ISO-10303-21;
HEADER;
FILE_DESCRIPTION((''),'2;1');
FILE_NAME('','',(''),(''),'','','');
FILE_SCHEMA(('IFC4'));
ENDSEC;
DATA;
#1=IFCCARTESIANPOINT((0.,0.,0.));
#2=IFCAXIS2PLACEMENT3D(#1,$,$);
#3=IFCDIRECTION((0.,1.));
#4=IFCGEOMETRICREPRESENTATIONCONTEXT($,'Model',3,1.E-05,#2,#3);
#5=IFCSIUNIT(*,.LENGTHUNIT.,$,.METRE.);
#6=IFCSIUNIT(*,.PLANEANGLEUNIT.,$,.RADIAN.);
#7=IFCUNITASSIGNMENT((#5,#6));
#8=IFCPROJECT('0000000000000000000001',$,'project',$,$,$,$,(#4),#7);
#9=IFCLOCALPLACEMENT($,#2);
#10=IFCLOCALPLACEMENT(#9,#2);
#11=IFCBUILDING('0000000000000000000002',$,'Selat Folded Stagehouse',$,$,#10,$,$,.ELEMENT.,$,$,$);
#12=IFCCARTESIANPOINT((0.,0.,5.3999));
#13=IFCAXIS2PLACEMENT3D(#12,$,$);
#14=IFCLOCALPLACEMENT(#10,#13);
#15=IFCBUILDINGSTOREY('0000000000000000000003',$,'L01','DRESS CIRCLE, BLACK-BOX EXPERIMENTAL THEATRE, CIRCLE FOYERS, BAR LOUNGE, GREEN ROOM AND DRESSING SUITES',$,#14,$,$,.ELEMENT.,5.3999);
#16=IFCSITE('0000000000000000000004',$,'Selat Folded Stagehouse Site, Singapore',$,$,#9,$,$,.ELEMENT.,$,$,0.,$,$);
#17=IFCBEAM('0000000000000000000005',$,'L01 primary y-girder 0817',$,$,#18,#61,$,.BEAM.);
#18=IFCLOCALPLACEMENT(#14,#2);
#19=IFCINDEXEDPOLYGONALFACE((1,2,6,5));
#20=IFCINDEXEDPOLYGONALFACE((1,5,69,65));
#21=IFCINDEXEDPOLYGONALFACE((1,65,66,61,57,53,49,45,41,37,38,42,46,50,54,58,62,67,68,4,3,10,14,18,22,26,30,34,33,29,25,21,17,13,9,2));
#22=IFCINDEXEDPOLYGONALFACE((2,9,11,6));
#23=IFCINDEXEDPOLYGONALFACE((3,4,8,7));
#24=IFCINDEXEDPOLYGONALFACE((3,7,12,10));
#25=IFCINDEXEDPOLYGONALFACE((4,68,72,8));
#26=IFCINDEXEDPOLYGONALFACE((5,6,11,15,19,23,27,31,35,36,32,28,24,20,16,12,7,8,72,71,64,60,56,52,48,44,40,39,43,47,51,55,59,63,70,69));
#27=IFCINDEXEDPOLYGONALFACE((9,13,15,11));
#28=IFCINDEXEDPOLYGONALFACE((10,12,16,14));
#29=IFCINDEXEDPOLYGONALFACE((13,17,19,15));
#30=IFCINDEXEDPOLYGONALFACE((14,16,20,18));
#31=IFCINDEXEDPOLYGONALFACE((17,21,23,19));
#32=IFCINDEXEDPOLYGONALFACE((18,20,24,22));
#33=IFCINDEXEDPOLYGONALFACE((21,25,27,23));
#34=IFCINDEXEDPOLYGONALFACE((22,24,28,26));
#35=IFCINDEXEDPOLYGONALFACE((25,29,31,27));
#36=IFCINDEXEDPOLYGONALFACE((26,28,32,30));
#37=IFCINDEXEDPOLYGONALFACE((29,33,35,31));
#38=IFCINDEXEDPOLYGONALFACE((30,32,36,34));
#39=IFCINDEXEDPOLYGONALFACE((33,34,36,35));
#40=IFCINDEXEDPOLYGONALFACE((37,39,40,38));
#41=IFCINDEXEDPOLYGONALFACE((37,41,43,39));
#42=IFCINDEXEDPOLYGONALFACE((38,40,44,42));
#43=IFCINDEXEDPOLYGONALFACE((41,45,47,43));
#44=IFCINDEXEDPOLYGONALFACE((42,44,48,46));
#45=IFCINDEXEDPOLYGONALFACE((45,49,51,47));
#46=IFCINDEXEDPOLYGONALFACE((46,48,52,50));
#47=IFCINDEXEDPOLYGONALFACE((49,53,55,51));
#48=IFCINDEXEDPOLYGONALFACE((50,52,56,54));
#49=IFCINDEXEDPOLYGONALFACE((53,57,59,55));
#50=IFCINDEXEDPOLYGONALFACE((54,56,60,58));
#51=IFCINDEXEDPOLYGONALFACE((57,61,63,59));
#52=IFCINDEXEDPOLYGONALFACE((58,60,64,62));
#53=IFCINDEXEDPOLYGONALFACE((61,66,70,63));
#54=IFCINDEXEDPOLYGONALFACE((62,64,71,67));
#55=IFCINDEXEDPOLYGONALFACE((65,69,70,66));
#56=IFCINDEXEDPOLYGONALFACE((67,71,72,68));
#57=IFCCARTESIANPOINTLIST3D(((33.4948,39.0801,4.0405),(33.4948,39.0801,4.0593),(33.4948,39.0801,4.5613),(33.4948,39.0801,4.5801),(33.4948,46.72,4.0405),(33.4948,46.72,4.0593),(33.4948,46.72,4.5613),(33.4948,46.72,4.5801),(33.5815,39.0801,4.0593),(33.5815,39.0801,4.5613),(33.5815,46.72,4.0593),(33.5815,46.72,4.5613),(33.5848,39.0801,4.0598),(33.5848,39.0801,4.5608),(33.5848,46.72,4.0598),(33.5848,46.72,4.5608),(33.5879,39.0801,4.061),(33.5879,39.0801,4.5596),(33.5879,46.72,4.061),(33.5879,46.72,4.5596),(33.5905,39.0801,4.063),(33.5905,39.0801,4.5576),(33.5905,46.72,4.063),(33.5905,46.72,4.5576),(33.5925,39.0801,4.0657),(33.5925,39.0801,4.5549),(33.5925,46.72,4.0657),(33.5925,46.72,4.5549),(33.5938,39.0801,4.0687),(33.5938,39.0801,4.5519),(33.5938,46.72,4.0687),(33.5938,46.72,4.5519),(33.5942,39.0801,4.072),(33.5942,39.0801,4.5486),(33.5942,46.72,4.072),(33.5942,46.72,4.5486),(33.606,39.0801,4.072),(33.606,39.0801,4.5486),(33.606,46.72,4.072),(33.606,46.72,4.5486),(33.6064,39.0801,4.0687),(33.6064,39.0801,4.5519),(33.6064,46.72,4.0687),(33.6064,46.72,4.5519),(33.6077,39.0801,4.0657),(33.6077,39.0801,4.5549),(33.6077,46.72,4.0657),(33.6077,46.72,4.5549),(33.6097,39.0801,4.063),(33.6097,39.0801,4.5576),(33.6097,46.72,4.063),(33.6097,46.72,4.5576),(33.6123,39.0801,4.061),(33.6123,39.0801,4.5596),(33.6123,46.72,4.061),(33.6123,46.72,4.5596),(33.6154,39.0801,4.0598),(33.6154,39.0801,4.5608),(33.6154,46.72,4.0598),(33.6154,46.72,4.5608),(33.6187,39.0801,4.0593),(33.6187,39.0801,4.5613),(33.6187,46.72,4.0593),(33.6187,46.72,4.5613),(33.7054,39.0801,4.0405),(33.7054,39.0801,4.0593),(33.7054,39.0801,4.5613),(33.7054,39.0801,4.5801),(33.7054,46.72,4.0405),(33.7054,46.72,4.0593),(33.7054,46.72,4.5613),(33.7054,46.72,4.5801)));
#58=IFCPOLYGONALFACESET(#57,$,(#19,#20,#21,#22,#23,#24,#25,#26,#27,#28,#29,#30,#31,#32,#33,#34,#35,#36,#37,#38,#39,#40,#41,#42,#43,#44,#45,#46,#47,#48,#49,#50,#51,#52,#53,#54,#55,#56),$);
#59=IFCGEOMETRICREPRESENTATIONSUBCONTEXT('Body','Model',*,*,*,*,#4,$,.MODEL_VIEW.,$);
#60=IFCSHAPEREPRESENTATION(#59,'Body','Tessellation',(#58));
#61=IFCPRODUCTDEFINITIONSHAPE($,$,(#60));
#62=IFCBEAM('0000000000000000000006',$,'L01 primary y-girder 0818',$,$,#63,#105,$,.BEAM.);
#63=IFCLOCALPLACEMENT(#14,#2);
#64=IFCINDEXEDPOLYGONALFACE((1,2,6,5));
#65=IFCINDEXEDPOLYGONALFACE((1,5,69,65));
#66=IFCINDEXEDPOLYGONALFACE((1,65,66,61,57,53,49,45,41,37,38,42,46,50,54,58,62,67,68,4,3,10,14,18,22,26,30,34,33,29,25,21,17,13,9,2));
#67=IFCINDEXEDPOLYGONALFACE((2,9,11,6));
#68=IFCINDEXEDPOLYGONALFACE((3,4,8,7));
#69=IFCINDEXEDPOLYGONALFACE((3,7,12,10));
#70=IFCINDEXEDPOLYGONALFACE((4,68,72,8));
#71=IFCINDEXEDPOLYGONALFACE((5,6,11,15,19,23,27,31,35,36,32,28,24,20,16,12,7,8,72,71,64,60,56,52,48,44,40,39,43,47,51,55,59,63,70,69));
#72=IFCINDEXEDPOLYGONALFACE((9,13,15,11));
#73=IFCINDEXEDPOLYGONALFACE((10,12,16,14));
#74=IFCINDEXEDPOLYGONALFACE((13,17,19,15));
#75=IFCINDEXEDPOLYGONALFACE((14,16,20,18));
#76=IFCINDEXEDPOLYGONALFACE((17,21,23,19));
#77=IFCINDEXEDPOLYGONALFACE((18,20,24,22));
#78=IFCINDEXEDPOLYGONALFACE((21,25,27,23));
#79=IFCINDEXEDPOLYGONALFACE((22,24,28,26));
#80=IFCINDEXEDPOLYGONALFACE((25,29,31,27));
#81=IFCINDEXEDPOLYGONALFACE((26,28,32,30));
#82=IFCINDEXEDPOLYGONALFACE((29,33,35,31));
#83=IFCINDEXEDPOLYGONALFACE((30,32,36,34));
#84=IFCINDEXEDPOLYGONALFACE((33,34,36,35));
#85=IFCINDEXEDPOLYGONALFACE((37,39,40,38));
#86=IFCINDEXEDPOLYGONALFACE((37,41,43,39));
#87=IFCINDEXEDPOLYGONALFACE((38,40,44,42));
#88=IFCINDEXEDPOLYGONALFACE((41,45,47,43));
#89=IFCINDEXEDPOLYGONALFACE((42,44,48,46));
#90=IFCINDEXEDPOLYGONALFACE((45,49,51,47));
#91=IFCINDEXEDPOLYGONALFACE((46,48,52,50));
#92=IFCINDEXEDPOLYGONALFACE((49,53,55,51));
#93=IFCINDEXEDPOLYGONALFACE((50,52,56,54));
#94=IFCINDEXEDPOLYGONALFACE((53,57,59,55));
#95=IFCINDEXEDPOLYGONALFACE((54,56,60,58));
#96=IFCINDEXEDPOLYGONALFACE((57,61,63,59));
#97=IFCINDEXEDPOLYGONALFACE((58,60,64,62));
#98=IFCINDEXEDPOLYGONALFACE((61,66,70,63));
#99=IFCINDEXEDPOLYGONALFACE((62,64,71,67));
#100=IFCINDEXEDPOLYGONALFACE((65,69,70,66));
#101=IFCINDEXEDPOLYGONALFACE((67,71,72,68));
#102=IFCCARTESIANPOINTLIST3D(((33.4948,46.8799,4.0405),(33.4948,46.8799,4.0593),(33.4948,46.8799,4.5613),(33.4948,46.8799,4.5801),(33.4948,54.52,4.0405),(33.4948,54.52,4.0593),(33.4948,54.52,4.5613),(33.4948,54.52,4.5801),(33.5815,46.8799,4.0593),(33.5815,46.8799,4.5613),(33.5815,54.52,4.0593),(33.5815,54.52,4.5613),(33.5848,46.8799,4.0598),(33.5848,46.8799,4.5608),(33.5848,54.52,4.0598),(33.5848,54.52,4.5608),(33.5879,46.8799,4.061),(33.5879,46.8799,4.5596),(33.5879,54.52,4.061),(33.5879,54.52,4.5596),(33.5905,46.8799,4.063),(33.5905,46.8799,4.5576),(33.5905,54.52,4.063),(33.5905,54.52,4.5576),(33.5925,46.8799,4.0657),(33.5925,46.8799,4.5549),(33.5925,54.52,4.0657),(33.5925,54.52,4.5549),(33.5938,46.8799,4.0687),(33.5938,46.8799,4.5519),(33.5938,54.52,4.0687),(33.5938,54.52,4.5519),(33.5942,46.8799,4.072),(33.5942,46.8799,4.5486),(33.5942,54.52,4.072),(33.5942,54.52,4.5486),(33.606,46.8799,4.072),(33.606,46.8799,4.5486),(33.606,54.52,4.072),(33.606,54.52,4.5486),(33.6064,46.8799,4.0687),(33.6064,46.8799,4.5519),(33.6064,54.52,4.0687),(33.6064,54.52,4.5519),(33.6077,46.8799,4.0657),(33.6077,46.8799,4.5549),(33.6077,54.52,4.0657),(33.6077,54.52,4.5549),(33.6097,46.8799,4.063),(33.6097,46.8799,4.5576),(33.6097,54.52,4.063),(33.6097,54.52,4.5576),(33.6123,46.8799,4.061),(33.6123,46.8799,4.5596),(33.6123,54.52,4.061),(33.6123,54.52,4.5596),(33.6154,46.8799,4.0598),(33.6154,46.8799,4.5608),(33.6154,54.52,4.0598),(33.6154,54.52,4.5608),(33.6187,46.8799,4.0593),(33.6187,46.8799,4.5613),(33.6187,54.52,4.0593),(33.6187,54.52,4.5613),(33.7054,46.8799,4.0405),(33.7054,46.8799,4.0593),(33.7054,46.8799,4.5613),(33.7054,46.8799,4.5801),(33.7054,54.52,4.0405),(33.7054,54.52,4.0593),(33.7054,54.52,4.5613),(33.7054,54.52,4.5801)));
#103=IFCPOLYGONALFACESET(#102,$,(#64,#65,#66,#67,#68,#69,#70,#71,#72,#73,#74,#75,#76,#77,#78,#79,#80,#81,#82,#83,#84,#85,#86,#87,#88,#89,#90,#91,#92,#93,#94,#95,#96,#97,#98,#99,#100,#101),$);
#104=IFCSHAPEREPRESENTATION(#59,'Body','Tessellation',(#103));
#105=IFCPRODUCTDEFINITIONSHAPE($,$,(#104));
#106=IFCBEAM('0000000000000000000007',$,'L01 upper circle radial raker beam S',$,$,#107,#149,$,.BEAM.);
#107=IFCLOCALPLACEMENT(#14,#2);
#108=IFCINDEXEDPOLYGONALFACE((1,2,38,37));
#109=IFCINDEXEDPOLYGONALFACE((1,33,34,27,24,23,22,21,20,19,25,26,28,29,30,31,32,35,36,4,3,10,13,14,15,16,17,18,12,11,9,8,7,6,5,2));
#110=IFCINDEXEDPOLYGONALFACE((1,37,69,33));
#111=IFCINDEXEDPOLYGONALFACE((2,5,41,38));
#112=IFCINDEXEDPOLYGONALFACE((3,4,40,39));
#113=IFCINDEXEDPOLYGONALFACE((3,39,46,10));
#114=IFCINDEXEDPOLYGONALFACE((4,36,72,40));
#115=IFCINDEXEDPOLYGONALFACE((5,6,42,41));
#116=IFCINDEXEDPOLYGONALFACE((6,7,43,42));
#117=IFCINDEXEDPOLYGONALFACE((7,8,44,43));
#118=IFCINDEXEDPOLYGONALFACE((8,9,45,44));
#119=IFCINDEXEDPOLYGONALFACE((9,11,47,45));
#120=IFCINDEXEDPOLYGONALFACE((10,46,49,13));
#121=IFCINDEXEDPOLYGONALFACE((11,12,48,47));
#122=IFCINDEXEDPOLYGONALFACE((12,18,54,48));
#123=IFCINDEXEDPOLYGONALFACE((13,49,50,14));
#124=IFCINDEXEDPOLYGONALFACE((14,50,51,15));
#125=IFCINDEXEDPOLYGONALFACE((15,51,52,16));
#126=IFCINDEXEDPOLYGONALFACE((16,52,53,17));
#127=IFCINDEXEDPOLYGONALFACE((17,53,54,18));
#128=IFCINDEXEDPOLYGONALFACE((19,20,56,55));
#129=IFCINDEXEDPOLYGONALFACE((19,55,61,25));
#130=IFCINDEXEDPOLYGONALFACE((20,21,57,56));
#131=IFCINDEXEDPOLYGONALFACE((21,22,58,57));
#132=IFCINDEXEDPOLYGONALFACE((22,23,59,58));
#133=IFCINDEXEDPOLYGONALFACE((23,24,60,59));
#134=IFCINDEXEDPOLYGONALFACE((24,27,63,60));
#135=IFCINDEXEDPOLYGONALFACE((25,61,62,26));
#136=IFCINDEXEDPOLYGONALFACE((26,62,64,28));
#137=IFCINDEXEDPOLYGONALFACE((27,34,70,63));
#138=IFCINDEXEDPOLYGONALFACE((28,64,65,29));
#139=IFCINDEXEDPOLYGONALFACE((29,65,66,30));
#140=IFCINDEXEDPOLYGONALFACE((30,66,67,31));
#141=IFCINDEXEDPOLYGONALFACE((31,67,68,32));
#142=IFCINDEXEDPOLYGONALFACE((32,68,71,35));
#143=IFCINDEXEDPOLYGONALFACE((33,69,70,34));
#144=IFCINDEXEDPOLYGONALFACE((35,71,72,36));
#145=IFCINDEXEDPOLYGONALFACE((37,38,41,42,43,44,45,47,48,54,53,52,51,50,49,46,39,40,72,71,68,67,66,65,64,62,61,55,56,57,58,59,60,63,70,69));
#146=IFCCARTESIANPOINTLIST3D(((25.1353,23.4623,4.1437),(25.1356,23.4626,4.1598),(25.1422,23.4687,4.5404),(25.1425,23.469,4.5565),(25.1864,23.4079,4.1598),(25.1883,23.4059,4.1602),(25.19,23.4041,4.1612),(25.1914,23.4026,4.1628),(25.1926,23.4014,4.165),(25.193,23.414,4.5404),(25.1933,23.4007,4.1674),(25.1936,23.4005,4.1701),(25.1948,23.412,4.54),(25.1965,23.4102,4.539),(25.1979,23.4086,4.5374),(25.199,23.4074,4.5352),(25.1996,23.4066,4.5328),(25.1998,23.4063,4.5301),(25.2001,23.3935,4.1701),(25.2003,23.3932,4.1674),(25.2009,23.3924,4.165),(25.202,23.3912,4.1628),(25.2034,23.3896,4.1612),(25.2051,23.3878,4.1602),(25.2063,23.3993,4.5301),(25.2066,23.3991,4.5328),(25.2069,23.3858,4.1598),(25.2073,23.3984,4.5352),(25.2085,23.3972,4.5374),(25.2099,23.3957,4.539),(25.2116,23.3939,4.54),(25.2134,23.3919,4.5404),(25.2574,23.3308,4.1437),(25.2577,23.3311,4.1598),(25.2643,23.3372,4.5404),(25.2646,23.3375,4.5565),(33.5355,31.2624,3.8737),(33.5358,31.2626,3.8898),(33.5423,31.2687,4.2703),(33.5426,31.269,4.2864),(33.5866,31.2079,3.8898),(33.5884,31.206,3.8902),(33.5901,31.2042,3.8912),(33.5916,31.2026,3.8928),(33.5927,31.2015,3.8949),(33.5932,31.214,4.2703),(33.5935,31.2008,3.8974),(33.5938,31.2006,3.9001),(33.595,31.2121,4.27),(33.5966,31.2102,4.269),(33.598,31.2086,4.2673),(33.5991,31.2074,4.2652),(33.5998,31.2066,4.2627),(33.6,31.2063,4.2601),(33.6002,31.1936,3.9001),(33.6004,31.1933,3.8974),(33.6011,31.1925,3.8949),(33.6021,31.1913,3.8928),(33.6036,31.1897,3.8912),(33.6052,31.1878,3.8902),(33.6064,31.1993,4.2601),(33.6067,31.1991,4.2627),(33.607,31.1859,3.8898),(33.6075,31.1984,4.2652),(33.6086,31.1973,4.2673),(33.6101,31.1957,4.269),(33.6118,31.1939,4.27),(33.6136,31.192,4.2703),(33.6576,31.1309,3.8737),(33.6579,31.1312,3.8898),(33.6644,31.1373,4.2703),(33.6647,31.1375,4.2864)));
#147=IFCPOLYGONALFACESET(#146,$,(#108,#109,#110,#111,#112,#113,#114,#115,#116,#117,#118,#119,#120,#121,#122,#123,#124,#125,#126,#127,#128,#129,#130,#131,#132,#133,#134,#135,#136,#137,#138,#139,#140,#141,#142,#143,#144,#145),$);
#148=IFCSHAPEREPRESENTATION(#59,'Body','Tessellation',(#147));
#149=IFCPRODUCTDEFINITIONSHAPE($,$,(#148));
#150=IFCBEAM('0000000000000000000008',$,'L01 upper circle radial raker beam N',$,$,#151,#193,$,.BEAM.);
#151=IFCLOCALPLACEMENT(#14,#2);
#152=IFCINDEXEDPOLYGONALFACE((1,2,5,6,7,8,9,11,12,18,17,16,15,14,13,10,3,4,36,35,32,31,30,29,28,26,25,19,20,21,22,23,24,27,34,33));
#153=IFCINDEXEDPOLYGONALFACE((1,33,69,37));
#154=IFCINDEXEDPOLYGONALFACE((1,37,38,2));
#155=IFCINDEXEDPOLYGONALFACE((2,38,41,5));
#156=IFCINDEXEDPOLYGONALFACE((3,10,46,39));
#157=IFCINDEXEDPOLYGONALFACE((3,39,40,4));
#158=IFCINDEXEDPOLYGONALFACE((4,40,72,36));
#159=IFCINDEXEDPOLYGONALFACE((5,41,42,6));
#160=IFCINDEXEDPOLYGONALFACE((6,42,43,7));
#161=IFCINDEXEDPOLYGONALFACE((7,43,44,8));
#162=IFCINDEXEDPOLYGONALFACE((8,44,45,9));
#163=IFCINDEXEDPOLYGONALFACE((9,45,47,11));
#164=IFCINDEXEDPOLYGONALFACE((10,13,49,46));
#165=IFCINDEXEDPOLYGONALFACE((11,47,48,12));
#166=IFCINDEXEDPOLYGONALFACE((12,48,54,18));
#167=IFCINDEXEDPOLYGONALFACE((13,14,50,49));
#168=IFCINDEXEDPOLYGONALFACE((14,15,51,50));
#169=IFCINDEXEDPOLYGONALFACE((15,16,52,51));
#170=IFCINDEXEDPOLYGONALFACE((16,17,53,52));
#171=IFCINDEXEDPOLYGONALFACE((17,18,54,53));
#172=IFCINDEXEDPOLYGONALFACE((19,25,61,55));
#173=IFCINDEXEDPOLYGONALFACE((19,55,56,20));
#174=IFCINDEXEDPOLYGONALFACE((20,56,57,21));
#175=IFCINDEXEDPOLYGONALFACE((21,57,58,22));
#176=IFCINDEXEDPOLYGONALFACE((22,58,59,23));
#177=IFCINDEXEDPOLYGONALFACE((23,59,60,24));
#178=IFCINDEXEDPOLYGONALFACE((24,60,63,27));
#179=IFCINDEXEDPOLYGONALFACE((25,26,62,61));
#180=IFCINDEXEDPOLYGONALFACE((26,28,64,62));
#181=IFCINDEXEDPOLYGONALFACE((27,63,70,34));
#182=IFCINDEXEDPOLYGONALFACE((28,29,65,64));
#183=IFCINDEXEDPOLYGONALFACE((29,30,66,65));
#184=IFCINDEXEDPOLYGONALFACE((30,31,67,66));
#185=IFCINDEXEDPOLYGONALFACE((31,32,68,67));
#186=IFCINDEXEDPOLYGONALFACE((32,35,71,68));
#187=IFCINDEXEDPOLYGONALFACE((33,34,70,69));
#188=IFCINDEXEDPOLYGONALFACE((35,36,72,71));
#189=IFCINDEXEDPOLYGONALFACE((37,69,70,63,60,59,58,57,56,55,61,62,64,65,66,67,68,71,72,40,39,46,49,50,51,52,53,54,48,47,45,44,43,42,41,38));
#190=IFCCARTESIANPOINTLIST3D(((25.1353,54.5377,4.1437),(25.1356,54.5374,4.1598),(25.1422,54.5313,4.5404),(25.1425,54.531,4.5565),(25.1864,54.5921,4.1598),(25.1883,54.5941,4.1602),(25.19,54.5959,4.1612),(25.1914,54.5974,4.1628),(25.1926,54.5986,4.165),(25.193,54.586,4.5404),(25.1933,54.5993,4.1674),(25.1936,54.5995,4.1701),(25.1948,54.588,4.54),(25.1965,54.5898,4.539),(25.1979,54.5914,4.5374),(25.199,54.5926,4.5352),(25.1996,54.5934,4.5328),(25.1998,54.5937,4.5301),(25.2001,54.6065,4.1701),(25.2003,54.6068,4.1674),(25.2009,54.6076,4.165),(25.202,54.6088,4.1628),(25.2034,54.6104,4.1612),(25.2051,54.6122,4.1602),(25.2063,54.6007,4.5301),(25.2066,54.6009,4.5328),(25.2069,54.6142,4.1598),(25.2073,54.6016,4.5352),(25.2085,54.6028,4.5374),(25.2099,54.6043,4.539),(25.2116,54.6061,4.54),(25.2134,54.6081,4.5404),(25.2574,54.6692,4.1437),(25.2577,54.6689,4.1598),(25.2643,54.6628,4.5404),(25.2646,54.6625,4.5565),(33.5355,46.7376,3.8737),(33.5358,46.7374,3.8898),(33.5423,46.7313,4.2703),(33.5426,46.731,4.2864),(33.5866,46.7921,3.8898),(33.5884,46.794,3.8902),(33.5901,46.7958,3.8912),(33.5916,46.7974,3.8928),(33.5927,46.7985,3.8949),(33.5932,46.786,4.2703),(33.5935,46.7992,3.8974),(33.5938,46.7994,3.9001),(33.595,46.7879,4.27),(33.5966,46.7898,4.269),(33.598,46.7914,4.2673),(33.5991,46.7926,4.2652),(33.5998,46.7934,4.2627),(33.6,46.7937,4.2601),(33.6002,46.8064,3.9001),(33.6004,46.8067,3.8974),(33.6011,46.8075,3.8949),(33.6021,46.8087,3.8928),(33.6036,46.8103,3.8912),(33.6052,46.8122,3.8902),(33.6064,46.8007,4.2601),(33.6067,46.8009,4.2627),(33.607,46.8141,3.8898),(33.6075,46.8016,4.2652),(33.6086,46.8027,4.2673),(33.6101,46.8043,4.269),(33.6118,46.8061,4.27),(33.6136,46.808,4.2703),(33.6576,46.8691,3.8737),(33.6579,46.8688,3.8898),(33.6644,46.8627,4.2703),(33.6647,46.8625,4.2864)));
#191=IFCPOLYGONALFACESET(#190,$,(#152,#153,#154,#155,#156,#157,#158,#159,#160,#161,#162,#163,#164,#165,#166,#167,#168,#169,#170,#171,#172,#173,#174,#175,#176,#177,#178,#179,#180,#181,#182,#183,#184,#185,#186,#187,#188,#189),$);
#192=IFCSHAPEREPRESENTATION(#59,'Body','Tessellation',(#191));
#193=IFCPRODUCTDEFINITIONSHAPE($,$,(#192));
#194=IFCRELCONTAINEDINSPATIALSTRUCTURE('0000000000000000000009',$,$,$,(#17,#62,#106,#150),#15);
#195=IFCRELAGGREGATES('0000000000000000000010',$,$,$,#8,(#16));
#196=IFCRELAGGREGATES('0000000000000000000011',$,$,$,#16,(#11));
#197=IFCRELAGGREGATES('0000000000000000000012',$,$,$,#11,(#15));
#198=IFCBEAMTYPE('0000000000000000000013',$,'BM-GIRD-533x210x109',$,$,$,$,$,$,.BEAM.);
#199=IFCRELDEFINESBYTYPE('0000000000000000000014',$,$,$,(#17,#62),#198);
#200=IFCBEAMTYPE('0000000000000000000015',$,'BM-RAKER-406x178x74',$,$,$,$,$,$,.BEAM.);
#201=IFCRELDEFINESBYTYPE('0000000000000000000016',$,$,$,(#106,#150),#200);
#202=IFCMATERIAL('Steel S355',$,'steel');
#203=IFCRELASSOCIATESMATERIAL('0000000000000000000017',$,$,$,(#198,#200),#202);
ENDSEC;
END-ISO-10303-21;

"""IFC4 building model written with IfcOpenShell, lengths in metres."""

from ifc_helpers import new_model, si_unit, direction, frame, origin, origin_2d, place, context, subcontext, project, spatial, i_section, extrude, material, material_profile, profile_set, type_object, element, save


model = new_model("IFC4")

# Units and contexts
model_context = context("Model", 3, precision=1e-05, world=origin(), true_north=direction((0.0, 1.0)))
body_context = subcontext(model_context, "Body", "Model", "MODEL_VIEW")
ifc_project = project(units=[si_unit("LENGTHUNIT", "METRE"), si_unit("PLANEANGLEUNIT", "RADIAN")], contexts=[model_context])

# Site, building, storey
site_placement = place(None, origin())
site = spatial("IfcSite", under=ifc_project, at=site_placement, Name="Selat Folded Stagehouse Site, Singapore", CompositionType="ELEMENT", RefElevation=0.0)
building_placement = place(site_placement, origin())
building = spatial("IfcBuilding", under=site, at=building_placement, Name="Selat Folded Stagehouse", CompositionType="ELEMENT")
storey_placement = place(building_placement, frame((0.0, 0.0, 5.3999)))
storey = spatial("IfcBuildingStorey", under=building, at=storey_placement, Name="L01", Description="DRESS CIRCLE, BLACK-BOX EXPERIMENTAL THEATRE, CIRCLE FOYERS, BAR LOUNGE, GREEN ROOM AND DRESSING SUITES", CompositionType="ELEMENT", Elevation=5.3999)

# Shared definitions
ifc_material_1 = material(Name="Steel S355", Category="steel")

# Beams
ifc_material_profile_1 = material_profile(ifc_material_1, i_section(OverallWidth=0.2107, OverallDepth=0.5396, WebThickness=0.0117, FlangeThickness=0.0188, FilletRadius=0.0127, at=origin_2d()), Name="UKB 533x210x109")
ifc_profile_set_1 = profile_set([ifc_material_profile_1], Name="Steel S355")
beam_type_1 = type_object("IfcBeamType", Name="BM-GIRD-533x210x109", PredefinedType="BEAM", material=ifc_profile_set_1)
beam_1_placement = place(storey_placement, frame((33.6001, 39.0801, 4.3103), z_axis=(0.0, 1.0, 0.0), x_axis=(-1.0, 0.0, 0.0)))
element("IfcBeam", 1, at=beam_1_placement, inside=storey, type_object=beam_type_1, Name="L01 primary y-girder 0817", PredefinedType="BEAM", context=body_context, shape_type="SweptSolid", body=[
    extrude(i_section(OverallWidth=0.2107, OverallDepth=0.5396, WebThickness=0.0117, FlangeThickness=0.0188, FilletRadius=0.0127, at=origin_2d()), origin(), (0.0, 0.0, 1.0), 7.6399),
])
beam_2_placement = place(storey_placement, frame((33.6001, 46.8799, 4.3103), z_axis=(0.0, 1.0, 0.0), x_axis=(-1.0, 0.0, 0.0)))
element("IfcBeam", 2, at=beam_2_placement, inside=storey, type_object=beam_type_1, Name="L01 primary y-girder 0818", PredefinedType="BEAM", context=body_context, shape_type="SweptSolid", body=[
    extrude(i_section(OverallWidth=0.2107, OverallDepth=0.5396, WebThickness=0.0117, FlangeThickness=0.0188, FilletRadius=0.0127, at=origin_2d()), origin(), (0.0, 0.0, 1.0), 7.6401),
])
ifc_material_profile_2 = material_profile(ifc_material_1, i_section(OverallWidth=0.1794, OverallDepth=0.4128, WebThickness=0.0095, FlangeThickness=0.0161, FilletRadius=0.0103, at=origin_2d()), Name="UKB 406x178x74")
ifc_profile_set_2 = profile_set([ifc_material_profile_2], Name="Steel S355")
beam_type_2 = type_object("IfcBeamType", Name="BM-RAKER-406x178x74", PredefinedType="BEAM", material=ifc_profile_set_2)
for number, where, z_axis, x_axis, name in (
    (3, (33.6001, 31.2, 4.0801), (-0.732594, -0.680258, 0.023549), (0.680447, -0.732797, 0.0), "L01 upper circle radial raker beam S"),
    (4, (33.6001, 46.8, 4.0801), (-0.732594, 0.680258, 0.023549), (-0.680447, -0.732797, 0.0), "L01 upper circle radial raker beam N"),
):
    element("IfcBeam", number, at=place(storey_placement, frame(where, z_axis=z_axis, x_axis=x_axis)), inside=storey, type_object=beam_type_2, Name=name, PredefinedType="BEAM", context=body_context, shape_type="SweptSolid", body=[
        extrude(i_section(OverallWidth=0.1794, OverallDepth=0.4128, WebThickness=0.0095, FlangeThickness=0.0161, FilletRadius=0.0103, at=origin_2d()), origin(), (0.0, 0.0, 1.0), 11.4663),
    ])

save(model, "model.ifc")
